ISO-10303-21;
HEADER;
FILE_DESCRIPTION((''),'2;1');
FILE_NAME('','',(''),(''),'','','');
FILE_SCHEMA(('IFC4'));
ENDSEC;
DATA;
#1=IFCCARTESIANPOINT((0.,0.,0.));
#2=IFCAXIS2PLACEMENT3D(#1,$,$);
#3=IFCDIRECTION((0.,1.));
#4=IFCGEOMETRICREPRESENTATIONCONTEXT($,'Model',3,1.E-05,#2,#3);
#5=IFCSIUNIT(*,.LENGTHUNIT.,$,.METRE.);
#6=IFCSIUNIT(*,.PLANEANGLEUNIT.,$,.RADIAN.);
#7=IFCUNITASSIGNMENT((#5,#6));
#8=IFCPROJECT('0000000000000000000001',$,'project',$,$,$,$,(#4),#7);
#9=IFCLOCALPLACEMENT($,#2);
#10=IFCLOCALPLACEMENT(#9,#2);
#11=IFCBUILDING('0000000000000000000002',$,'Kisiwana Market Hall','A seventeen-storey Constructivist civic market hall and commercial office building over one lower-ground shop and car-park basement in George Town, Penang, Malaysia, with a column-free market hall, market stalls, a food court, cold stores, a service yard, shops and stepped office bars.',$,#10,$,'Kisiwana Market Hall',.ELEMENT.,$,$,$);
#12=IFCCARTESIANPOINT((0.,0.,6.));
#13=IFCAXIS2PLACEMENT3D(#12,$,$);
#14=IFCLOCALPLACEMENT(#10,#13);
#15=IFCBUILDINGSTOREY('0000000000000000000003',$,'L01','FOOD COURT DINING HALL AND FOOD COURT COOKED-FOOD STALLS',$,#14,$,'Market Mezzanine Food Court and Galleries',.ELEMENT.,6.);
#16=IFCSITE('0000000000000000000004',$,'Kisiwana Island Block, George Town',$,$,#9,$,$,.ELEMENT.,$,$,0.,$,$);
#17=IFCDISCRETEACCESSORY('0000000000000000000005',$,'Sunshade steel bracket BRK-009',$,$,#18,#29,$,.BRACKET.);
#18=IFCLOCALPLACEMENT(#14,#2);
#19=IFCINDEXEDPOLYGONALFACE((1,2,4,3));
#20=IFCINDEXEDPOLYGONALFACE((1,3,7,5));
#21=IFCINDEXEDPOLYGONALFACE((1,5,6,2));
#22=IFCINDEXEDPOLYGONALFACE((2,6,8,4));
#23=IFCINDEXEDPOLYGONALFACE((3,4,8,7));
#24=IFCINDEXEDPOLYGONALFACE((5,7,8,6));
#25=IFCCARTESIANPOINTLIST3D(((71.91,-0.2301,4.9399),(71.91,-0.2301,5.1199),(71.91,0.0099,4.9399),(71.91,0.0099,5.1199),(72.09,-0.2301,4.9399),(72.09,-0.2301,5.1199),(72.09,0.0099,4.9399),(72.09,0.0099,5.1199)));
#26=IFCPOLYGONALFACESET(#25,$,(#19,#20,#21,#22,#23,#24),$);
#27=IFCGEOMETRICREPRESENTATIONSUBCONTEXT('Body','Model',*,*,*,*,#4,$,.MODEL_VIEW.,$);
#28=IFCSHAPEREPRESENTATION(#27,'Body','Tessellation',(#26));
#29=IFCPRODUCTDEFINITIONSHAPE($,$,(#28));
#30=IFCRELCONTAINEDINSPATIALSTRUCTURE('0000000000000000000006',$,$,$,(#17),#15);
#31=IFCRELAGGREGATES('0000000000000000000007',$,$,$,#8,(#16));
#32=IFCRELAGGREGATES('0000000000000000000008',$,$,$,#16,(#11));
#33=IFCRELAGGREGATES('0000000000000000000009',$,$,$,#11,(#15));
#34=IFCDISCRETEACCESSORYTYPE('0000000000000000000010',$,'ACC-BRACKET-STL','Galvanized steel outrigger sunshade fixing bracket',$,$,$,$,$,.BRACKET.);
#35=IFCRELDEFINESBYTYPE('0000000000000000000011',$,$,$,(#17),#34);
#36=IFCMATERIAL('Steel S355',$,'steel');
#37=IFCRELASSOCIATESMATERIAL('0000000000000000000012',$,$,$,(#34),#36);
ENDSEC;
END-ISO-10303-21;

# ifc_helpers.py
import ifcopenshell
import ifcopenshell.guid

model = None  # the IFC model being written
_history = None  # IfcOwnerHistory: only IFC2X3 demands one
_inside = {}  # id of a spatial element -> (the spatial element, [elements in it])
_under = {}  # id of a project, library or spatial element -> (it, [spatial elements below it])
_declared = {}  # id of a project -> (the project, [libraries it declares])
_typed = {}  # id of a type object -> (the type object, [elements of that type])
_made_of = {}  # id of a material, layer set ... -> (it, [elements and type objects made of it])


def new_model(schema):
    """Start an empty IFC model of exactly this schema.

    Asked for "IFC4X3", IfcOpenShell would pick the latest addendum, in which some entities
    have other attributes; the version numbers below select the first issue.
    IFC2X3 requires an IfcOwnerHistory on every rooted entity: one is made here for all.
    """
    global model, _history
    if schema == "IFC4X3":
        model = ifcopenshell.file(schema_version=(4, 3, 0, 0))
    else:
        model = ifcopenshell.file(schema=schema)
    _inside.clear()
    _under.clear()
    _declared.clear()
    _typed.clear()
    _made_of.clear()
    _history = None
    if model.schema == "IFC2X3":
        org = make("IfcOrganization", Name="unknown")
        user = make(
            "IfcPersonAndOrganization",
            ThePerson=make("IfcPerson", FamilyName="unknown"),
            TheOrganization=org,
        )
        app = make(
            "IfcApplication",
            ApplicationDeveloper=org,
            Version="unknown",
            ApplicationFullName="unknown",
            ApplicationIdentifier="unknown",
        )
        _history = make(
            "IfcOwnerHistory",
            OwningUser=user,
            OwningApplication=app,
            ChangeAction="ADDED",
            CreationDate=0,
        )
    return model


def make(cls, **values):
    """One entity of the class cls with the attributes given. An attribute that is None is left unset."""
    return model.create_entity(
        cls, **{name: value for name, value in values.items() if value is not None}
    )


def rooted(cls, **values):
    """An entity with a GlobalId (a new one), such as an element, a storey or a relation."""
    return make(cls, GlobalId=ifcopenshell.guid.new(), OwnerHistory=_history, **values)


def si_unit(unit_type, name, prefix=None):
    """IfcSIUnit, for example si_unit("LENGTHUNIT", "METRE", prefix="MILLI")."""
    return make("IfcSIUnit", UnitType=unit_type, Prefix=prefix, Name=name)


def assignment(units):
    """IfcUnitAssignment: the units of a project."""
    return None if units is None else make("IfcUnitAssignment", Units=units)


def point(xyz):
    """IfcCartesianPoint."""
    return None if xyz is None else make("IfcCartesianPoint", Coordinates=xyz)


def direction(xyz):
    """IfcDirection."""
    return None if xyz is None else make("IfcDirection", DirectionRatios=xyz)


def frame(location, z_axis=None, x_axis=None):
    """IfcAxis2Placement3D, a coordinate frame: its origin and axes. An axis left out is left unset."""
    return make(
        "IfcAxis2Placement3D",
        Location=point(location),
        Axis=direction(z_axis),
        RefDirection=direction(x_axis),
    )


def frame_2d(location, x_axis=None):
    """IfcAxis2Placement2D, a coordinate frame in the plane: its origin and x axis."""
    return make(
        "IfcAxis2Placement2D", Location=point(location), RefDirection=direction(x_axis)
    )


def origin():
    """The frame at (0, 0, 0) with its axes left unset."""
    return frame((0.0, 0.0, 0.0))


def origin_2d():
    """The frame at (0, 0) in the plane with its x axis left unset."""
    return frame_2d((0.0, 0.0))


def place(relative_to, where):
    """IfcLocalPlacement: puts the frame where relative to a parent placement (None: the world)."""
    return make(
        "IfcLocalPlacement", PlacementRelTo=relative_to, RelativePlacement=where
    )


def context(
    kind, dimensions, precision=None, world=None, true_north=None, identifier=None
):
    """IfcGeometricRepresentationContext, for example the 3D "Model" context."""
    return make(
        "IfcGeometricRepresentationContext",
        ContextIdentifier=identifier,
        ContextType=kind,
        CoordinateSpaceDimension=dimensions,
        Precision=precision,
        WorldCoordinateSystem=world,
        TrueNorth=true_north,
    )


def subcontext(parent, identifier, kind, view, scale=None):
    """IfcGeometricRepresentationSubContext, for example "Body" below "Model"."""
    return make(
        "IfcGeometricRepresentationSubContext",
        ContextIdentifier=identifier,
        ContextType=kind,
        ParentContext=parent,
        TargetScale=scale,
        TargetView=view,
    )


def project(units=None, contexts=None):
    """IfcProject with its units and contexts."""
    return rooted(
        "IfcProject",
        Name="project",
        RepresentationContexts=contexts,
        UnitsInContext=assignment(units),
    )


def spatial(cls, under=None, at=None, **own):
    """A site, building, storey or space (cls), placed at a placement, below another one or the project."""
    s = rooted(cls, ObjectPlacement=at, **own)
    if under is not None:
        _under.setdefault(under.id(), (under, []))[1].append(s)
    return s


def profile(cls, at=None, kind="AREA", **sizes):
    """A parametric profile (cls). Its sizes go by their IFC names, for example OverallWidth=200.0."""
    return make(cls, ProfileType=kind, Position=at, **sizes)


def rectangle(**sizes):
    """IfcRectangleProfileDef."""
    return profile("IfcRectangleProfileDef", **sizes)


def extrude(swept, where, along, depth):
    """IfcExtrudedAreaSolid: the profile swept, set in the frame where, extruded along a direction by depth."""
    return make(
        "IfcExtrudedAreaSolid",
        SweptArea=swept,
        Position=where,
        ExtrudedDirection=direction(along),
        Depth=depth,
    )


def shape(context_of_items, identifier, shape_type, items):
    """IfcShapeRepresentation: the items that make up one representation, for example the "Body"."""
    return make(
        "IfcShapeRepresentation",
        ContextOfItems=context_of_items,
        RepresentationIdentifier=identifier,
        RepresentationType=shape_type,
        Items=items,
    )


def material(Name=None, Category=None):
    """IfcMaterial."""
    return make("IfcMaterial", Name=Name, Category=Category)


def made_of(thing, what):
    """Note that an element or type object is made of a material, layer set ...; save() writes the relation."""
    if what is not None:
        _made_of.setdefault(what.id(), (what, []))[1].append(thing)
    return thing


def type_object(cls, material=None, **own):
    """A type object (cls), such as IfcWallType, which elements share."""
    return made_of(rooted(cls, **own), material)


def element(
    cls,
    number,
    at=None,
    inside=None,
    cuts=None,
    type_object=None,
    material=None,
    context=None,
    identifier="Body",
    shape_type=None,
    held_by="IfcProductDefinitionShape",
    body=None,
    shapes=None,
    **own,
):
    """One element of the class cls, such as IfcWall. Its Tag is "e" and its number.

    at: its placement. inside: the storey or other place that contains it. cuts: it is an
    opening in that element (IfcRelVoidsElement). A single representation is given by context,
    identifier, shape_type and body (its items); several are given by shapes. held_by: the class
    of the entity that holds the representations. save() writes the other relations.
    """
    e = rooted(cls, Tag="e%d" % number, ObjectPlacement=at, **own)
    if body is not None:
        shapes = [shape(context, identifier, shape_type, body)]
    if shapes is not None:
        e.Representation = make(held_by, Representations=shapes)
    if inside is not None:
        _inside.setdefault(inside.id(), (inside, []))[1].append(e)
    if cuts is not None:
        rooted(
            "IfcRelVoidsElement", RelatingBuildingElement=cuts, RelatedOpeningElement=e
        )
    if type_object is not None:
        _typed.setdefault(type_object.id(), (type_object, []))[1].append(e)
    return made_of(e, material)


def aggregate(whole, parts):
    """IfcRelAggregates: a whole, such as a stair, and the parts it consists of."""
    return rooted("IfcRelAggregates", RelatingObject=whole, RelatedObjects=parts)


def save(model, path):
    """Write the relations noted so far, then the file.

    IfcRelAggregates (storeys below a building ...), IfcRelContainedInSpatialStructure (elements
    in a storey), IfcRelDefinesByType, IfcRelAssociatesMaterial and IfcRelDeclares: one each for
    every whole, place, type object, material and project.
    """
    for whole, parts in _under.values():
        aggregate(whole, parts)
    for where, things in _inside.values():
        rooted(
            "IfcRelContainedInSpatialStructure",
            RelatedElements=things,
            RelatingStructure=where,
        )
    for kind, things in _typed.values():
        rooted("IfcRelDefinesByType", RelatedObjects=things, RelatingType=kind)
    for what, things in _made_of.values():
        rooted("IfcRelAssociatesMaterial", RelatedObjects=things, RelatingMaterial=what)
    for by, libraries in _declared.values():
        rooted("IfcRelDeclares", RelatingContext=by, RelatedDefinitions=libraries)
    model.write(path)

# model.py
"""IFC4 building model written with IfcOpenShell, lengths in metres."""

from ifc_helpers import new_model, si_unit, direction, frame, origin, origin_2d, place, context, subcontext, project, spatial, rectangle, extrude, material, type_object, element, save


model = new_model("IFC4")

# Units and contexts
model_context = context("Model", 3, precision=1e-05, world=origin(), true_north=direction((0.0, 1.0)))
body_context = subcontext(model_context, "Body", "Model", "MODEL_VIEW")
ifc_project = project(units=[si_unit("LENGTHUNIT", "METRE"), si_unit("PLANEANGLEUNIT", "RADIAN")], contexts=[model_context])

# Site, building, storey
site_placement = place(None, origin())
site = spatial("IfcSite", under=ifc_project, at=site_placement, Name="Kisiwana Island Block, George Town", CompositionType="ELEMENT", RefElevation=0.0)
building_placement = place(site_placement, origin())
building = spatial("IfcBuilding", under=site, at=building_placement, Name="Kisiwana Market Hall", Description="A seventeen-storey Constructivist civic market hall and commercial office building over one lower-ground shop and car-park basement in George Town, Penang, Malaysia, with a column-free market hall, market stalls, a food court, cold stores, a service yard, shops and stepped office bars.", LongName="Kisiwana Market Hall", CompositionType="ELEMENT")
storey_placement = place(building_placement, frame((0.0, 0.0, 6.0)))
storey = spatial("IfcBuildingStorey", under=building, at=storey_placement, Name="L01", Description="FOOD COURT DINING HALL AND FOOD COURT COOKED-FOOD STALLS", LongName="Market Mezzanine Food Court and Galleries", CompositionType="ELEMENT", Elevation=6.0)

# Discrete accessory
ifc_material_1 = material(Name="Steel S355", Category="steel")
discrete_accessory_type = type_object("IfcDiscreteAccessoryType", Name="ACC-BRACKET-STL", Description="Galvanized steel outrigger sunshade fixing bracket", PredefinedType="BRACKET", material=ifc_material_1)
discrete_accessory_placement = place(storey_placement, frame((72.0, -0.1101, 4.9399), z_axis=(0.0, 0.0, 1.0), x_axis=(1.0, 0.0, 0.0)))
element("IfcDiscreteAccessory", 1, at=discrete_accessory_placement, inside=storey, type_object=discrete_accessory_type, Name="Sunshade steel bracket BRK-009", PredefinedType="BRACKET", context=body_context, shape_type="SweptSolid", body=[
    extrude(rectangle(XDim=0.1799, YDim=0.24, at=origin_2d()), origin(), (0.0, 0.0, 1.0), 0.1799),
])

save(model, "model.ifc")
